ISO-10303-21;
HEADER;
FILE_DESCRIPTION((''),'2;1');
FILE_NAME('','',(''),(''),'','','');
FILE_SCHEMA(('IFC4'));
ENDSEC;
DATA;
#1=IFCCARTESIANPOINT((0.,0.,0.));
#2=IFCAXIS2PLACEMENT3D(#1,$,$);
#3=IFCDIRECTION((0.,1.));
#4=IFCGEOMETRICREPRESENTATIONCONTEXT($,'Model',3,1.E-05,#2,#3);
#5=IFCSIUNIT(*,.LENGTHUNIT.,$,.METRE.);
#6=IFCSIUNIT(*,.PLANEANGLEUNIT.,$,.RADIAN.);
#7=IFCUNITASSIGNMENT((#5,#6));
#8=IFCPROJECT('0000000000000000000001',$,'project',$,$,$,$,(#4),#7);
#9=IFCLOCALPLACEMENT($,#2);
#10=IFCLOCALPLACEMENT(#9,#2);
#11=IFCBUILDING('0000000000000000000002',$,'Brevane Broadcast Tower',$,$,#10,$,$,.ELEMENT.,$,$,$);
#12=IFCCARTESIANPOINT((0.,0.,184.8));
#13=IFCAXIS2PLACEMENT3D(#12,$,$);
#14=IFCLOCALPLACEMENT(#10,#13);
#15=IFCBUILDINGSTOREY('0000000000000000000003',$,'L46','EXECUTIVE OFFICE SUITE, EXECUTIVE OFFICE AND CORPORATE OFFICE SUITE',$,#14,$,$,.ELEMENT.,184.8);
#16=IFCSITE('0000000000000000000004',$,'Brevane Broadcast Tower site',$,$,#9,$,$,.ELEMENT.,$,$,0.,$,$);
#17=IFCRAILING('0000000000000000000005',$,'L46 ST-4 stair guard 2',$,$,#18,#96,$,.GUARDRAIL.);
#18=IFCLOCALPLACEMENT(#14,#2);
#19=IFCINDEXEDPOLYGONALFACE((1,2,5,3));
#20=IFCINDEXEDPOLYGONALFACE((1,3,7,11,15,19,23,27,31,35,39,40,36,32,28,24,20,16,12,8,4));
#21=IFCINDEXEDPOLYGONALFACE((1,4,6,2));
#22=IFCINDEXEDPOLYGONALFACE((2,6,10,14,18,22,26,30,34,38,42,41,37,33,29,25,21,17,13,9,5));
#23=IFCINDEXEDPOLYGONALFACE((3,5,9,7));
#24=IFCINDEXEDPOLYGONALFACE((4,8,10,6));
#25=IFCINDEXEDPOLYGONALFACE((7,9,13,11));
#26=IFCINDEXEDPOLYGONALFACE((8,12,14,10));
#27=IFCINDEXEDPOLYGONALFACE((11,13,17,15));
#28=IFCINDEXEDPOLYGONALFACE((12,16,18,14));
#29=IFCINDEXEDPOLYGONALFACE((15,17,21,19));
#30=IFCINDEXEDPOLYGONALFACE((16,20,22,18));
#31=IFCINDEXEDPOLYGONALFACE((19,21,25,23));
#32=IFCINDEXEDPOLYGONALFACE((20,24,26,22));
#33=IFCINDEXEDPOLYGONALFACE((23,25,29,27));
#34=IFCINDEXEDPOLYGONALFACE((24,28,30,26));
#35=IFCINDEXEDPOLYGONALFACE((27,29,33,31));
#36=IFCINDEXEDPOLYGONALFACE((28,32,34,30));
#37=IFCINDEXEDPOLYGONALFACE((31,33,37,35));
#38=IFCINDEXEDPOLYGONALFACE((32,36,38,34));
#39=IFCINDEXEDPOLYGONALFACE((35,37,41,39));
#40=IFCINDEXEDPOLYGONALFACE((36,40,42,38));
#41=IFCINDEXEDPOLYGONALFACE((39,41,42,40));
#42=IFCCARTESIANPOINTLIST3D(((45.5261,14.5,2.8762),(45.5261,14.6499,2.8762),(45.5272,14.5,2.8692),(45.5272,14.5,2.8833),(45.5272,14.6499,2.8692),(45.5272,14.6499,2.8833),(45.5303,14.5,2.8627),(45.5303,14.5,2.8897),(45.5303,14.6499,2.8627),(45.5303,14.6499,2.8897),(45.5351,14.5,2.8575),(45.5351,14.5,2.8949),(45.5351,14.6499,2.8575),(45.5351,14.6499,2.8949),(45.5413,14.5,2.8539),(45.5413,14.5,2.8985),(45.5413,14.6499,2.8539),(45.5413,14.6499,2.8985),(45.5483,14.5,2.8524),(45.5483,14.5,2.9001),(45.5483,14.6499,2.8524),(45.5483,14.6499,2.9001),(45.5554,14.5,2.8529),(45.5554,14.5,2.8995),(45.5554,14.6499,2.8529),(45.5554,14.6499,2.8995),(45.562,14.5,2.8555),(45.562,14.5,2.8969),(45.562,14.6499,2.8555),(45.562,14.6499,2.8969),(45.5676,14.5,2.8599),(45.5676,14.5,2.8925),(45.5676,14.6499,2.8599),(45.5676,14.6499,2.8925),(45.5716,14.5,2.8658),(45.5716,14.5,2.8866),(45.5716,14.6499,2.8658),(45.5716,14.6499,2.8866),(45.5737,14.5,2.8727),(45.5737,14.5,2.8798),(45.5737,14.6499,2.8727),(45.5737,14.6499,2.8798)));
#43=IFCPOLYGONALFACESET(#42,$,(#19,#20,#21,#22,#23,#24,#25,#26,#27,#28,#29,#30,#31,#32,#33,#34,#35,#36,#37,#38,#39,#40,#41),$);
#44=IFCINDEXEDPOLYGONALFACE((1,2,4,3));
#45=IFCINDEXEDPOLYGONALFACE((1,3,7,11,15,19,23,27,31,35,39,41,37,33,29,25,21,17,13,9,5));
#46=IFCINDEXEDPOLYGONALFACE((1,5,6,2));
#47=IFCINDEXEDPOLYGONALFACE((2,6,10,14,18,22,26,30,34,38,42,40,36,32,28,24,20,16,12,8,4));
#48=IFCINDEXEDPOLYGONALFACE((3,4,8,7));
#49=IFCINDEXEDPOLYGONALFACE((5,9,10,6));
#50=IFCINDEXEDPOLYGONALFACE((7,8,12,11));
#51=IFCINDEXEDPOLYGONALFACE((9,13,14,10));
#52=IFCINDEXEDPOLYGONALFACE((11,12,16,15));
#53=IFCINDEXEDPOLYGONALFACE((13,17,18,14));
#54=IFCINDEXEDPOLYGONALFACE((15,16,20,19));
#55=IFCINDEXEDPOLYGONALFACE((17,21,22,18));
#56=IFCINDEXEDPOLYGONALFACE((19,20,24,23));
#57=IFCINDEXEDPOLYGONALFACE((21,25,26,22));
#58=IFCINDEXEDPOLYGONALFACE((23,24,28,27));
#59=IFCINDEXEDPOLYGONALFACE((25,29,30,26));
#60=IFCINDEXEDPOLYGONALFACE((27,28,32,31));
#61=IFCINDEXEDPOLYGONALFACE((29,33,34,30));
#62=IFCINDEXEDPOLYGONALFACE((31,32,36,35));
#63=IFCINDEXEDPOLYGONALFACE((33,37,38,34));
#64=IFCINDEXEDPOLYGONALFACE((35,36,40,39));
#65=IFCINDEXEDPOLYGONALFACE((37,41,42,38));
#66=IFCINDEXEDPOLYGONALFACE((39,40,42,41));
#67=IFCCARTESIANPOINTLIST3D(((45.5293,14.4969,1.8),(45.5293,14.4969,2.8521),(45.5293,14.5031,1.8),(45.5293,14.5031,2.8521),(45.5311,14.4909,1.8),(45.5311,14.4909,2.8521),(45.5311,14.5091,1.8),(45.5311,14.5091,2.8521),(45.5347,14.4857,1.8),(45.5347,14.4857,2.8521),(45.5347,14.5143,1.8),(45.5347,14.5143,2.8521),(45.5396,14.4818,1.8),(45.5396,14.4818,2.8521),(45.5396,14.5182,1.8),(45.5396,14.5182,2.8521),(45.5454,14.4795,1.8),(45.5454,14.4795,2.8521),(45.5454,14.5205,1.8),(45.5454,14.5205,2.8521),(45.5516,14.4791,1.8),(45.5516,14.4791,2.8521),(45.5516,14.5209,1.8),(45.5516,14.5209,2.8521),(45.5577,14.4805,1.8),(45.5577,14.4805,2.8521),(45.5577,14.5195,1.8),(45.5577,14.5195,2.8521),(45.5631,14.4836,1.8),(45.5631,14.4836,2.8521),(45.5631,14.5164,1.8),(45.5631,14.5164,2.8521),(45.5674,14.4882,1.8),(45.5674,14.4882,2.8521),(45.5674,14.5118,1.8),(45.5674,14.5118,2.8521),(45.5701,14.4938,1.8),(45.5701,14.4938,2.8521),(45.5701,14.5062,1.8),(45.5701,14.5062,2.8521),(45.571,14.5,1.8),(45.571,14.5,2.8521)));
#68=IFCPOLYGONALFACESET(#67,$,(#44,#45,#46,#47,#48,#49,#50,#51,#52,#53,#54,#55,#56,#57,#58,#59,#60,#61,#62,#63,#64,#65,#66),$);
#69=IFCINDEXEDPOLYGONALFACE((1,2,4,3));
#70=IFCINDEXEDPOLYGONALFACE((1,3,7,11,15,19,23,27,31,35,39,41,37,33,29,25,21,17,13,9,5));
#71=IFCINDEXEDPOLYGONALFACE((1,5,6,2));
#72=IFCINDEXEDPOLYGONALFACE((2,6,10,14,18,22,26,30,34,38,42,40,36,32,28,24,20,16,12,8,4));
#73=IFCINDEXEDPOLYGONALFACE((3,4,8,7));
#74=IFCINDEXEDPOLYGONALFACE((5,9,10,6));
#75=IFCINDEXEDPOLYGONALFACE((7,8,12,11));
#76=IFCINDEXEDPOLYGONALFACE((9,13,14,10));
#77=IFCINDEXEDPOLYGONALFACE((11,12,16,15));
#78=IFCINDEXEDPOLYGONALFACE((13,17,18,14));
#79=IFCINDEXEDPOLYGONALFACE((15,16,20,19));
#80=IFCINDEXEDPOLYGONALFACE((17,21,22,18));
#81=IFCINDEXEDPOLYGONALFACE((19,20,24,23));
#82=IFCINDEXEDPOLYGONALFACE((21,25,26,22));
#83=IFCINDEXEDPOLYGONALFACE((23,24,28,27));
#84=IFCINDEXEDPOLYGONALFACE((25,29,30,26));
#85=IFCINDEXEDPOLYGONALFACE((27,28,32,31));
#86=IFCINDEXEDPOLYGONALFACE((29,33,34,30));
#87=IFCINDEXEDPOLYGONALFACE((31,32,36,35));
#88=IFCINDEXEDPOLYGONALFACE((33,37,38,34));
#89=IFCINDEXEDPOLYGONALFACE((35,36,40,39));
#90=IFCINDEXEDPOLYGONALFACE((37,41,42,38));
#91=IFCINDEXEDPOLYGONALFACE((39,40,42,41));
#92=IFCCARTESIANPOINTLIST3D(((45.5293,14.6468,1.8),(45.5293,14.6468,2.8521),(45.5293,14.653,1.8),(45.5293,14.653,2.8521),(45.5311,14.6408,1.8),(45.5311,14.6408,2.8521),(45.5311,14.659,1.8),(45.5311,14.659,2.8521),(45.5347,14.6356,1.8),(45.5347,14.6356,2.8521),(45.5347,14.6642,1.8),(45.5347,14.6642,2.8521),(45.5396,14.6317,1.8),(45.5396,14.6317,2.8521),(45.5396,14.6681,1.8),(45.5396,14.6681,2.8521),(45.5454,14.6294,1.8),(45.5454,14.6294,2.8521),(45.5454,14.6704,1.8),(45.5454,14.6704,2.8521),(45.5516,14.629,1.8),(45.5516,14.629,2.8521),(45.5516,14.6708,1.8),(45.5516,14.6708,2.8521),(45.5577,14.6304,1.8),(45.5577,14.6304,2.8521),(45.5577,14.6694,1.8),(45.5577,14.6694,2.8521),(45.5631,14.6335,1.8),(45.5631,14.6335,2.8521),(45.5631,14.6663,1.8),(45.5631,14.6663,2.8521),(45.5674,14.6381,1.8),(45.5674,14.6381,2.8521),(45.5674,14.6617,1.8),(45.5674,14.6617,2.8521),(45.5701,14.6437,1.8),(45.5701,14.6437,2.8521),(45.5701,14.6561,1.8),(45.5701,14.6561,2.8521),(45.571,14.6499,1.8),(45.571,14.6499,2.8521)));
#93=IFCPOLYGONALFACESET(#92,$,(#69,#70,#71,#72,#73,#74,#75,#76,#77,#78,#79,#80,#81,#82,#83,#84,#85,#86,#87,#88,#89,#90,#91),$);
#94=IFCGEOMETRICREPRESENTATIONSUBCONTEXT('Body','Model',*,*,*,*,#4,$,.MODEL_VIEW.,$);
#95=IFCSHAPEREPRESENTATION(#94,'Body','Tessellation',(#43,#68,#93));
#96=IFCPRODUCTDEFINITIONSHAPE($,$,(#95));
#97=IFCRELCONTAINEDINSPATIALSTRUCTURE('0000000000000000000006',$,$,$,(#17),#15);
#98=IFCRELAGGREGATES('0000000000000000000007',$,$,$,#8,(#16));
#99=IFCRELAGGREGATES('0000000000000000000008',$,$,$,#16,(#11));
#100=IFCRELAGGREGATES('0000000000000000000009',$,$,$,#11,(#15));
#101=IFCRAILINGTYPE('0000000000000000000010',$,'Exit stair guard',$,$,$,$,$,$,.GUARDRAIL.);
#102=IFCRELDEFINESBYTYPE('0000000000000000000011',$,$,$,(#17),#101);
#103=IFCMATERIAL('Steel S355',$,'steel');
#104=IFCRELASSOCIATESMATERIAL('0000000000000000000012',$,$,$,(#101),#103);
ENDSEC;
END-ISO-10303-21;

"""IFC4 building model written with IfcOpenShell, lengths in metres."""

from ifc_helpers import new_model, si_unit, direction, frame, origin, origin_2d, place, context, subcontext, project, spatial, circle, extrude, material, type_object, element, save


model = new_model("IFC4")

# Units and contexts
model_context = context("Model", 3, precision=1e-05, world=origin(), true_north=direction((0.0, 1.0)))
body_context = subcontext(model_context, "Body", "Model", "MODEL_VIEW")
ifc_project = project(units=[si_unit("LENGTHUNIT", "METRE"), si_unit("PLANEANGLEUNIT", "RADIAN")], contexts=[model_context])

# Site, building, storey
site_placement = place(None, origin())
site = spatial("IfcSite", under=ifc_project, at=site_placement, Name="Brevane Broadcast Tower site", CompositionType="ELEMENT", RefElevation=0.0)
building_placement = place(site_placement, origin())
building = spatial("IfcBuilding", under=site, at=building_placement, Name="Brevane Broadcast Tower", CompositionType="ELEMENT")
storey_placement = place(building_placement, frame((0.0, 0.0, 184.8)))
storey = spatial("IfcBuildingStorey", under=building, at=storey_placement, Name="L46", Description="EXECUTIVE OFFICE SUITE, EXECUTIVE OFFICE AND CORPORATE OFFICE SUITE", CompositionType="ELEMENT", Elevation=184.8)

# Railing
ifc_material_1 = material(Name="Steel S355", Category="steel")
railing_type_1 = type_object("IfcRailingType", Name="Exit stair guard", PredefinedType="GUARDRAIL", material=ifc_material_1)
railing_1_placement = place(storey_placement, frame((45.55, 14.5, 1.8)))
element("IfcRailing", 1, at=railing_1_placement, inside=storey, type_object=railing_type_1, Name="L46 ST-4 stair guard 2", PredefinedType="GUARDRAIL", context=body_context, shape_type="SweptSolid", body=[
    extrude(circle(Radius=0.0239, at=origin_2d()), frame((0.0, 0.0, 1.0762), z_axis=(0.0, 1.0, 0.0), x_axis=(-1.0, 0.0, 0.0)), (0.0, 0.0, 1.0), 0.1499),
    extrude(circle(Radius=0.021, at=origin_2d()), origin(), (0.0, 0.0, 1.0), 1.052),
    extrude(circle(Radius=0.021, at=origin_2d()), frame((0.0, 0.1499, 0.0)), (0.0, 0.0, 1.0), 1.052),
])

save(model, "model.ifc")
